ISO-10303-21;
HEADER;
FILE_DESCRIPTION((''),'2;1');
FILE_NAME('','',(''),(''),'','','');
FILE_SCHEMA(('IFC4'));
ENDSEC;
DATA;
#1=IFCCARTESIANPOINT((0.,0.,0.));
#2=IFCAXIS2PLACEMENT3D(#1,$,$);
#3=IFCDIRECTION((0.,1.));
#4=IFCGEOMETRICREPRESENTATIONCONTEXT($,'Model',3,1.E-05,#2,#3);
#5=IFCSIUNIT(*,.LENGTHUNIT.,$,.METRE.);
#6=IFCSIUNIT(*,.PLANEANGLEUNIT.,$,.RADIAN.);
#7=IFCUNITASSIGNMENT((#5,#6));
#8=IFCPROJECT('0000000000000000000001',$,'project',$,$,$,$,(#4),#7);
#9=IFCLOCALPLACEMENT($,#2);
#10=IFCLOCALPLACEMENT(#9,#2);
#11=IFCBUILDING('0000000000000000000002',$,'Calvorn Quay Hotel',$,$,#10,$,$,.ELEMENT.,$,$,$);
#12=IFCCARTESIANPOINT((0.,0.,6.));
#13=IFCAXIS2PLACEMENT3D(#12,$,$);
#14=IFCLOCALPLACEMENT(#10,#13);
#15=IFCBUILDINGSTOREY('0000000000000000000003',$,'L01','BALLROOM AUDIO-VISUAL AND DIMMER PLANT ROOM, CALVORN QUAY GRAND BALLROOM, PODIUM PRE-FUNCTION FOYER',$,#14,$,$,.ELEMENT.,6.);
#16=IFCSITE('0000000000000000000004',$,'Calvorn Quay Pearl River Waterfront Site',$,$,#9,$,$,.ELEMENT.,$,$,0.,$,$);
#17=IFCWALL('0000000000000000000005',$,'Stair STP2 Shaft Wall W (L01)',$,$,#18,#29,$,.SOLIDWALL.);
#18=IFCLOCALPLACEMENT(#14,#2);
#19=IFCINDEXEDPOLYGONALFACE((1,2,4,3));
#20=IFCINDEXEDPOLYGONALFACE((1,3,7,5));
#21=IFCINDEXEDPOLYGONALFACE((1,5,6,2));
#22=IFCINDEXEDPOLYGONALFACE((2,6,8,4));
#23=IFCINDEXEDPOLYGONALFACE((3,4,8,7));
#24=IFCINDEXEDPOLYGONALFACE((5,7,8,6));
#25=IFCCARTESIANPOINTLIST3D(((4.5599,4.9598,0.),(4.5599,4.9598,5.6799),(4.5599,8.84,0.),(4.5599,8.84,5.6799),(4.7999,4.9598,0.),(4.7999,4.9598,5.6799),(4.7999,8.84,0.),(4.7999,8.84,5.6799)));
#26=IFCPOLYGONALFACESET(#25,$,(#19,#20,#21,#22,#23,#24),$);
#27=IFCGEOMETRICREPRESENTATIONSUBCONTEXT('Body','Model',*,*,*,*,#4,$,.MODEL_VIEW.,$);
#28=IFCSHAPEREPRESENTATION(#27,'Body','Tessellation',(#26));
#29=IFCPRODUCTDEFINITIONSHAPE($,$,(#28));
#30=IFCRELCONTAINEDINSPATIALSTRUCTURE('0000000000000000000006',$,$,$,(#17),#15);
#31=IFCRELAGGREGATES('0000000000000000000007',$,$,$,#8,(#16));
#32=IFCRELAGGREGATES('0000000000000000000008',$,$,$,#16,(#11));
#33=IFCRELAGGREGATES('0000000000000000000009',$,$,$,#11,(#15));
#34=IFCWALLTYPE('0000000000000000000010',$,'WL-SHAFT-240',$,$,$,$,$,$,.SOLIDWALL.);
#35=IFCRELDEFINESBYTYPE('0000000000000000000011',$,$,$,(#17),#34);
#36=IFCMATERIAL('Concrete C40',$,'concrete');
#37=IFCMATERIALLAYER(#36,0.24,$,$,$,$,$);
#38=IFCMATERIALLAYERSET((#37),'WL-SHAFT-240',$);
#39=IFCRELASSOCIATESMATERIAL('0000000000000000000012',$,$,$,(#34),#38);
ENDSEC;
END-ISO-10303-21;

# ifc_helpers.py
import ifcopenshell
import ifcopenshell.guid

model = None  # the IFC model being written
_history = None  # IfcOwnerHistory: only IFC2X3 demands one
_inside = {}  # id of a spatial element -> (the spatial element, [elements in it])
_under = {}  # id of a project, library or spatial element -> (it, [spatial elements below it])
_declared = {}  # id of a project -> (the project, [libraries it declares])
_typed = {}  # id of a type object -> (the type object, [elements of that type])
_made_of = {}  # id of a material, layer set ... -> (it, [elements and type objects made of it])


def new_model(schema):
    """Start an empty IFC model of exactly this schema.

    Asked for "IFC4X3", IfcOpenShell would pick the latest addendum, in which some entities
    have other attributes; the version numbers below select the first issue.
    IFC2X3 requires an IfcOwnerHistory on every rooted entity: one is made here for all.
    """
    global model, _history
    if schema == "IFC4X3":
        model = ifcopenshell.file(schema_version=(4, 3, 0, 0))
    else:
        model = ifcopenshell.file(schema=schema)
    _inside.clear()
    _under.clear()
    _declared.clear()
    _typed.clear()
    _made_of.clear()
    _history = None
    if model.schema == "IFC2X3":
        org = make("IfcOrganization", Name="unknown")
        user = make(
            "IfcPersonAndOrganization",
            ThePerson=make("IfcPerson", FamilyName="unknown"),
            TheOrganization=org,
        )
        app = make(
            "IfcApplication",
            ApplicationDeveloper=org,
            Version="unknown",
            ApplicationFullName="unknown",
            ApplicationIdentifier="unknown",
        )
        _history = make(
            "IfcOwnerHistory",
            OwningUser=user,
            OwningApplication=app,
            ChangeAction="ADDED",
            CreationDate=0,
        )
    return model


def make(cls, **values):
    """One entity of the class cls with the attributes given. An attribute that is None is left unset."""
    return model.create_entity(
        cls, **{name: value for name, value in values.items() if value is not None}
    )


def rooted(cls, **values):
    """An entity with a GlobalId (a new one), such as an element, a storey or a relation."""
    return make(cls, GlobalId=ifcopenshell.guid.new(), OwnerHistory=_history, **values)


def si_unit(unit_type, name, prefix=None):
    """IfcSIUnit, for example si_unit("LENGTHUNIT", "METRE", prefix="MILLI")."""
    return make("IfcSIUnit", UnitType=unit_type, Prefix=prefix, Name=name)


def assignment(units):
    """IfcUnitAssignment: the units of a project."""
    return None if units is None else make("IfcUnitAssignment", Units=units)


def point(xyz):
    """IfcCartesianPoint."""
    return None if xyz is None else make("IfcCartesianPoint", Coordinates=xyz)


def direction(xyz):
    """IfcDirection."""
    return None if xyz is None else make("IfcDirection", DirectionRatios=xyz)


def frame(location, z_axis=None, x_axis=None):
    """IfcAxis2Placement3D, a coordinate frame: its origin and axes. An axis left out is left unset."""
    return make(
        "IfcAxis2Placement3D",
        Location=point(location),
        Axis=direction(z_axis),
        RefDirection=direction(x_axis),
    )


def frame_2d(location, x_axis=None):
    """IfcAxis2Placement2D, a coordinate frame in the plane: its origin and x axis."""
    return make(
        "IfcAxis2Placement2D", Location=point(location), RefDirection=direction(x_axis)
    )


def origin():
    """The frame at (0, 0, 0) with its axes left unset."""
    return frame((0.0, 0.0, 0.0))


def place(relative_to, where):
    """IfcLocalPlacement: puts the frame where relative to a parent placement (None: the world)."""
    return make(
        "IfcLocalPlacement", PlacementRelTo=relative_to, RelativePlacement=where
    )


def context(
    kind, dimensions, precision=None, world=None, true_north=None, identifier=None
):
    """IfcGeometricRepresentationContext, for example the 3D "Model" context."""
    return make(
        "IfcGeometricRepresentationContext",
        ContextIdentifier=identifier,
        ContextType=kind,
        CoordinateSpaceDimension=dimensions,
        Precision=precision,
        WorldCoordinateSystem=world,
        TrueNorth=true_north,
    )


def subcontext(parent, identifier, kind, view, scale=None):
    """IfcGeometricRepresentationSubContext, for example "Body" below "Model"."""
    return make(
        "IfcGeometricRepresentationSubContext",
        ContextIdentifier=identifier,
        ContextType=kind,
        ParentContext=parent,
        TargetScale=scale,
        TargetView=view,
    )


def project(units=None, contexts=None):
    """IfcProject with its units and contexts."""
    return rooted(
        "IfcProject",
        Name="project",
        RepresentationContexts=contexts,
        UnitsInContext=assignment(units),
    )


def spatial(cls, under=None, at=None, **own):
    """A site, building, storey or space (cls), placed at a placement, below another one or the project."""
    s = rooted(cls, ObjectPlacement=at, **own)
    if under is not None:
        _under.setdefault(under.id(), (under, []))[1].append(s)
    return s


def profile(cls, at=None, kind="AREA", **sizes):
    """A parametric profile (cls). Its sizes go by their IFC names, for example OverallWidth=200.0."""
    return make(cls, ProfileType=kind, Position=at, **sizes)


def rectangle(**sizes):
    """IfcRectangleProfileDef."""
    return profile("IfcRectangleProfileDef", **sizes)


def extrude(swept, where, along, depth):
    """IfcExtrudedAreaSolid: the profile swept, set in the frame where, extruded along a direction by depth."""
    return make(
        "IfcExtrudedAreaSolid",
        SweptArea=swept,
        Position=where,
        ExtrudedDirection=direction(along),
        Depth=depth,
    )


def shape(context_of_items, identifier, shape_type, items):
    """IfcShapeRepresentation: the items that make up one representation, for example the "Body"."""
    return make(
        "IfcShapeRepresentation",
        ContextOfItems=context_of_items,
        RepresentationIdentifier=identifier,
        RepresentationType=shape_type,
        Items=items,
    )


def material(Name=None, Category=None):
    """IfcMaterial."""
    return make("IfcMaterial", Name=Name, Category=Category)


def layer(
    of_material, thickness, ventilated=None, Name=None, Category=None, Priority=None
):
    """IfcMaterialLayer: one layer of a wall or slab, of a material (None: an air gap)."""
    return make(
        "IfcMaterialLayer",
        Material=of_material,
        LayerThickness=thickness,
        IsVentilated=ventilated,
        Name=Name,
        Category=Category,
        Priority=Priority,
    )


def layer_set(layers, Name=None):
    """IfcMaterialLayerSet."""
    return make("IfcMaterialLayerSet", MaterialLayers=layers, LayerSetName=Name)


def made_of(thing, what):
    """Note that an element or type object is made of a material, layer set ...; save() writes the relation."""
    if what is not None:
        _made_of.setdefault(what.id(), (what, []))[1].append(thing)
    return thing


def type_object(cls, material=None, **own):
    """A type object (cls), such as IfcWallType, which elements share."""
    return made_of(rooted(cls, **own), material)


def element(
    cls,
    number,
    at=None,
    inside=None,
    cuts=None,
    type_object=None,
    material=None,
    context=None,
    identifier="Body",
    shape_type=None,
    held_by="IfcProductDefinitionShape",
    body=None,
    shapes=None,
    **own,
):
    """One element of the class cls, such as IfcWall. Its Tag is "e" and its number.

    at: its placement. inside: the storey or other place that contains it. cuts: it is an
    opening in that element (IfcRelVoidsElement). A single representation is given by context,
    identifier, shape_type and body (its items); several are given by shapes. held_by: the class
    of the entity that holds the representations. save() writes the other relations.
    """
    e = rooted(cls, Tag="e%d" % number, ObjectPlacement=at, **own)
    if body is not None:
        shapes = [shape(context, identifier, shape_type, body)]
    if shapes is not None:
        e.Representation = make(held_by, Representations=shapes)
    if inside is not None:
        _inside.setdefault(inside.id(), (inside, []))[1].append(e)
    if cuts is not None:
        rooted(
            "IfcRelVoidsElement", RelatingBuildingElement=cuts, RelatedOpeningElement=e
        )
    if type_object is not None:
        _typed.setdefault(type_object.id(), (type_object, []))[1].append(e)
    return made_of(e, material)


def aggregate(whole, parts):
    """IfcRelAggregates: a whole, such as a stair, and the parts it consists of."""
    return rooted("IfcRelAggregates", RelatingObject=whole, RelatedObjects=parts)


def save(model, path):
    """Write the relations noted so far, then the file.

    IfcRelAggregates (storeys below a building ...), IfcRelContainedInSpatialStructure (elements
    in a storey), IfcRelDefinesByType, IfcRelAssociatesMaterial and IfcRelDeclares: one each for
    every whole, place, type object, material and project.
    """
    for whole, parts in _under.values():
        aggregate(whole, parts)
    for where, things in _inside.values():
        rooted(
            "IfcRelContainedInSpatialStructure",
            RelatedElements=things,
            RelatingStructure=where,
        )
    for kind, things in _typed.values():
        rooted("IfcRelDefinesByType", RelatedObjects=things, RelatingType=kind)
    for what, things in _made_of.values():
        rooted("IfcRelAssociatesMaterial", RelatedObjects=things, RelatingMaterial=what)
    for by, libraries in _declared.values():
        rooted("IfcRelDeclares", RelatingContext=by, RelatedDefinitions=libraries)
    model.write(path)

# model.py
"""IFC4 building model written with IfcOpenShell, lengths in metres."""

from ifc_helpers import new_model, si_unit, direction, frame, frame_2d, origin, place, context, subcontext, project, spatial, rectangle, extrude, material, layer, layer_set, type_object, element, save


model = new_model("IFC4")

# Units and contexts
model_context = context("Model", 3, precision=1e-05, world=origin(), true_north=direction((0.0, 1.0)))
body_context = subcontext(model_context, "Body", "Model", "MODEL_VIEW")
ifc_project = project(units=[si_unit("LENGTHUNIT", "METRE"), si_unit("PLANEANGLEUNIT", "RADIAN")], contexts=[model_context])

# Site, building, storey
site_placement = place(None, origin())
site = spatial("IfcSite", under=ifc_project, at=site_placement, Name="Calvorn Quay Pearl River Waterfront Site", CompositionType="ELEMENT", RefElevation=0.0)
building_placement = place(site_placement, origin())
building = spatial("IfcBuilding", under=site, at=building_placement, Name="Calvorn Quay Hotel", CompositionType="ELEMENT")
storey_placement = place(building_placement, frame((0.0, 0.0, 6.0)))
storey = spatial("IfcBuildingStorey", under=building, at=storey_placement, Name="L01", Description="BALLROOM AUDIO-VISUAL AND DIMMER PLANT ROOM, CALVORN QUAY GRAND BALLROOM, PODIUM PRE-FUNCTION FOYER", CompositionType="ELEMENT", Elevation=6.0)

# Wall
ifc_material_1 = material(Name="Concrete C40", Category="concrete")
ifc_layer_1 = layer(ifc_material_1, 0.24)
ifc_layer_set_1 = layer_set([ifc_layer_1], Name="WL-SHAFT-240")
wall_type_1 = type_object("IfcWallType", Name="WL-SHAFT-240", PredefinedType="SOLIDWALL", material=ifc_layer_set_1)
wall_placement = place(storey_placement, frame((4.6799, 4.96, 0.0), z_axis=(0.0, 0.0, 1.0), x_axis=(0.0, 1.0, 0.0)))
element("IfcWall", 1, at=wall_placement, inside=storey, type_object=wall_type_1, Name="Stair STP2 Shaft Wall W (L01)", PredefinedType="SOLIDWALL", context=body_context, shape_type="SweptSolid", body=[
    extrude(rectangle(XDim=3.8801, YDim=0.24, at=frame_2d((1.9399, 0.0))), origin(), (0.0, 0.0, 1.0), 5.6799),
])

save(model, "model.ifc")
